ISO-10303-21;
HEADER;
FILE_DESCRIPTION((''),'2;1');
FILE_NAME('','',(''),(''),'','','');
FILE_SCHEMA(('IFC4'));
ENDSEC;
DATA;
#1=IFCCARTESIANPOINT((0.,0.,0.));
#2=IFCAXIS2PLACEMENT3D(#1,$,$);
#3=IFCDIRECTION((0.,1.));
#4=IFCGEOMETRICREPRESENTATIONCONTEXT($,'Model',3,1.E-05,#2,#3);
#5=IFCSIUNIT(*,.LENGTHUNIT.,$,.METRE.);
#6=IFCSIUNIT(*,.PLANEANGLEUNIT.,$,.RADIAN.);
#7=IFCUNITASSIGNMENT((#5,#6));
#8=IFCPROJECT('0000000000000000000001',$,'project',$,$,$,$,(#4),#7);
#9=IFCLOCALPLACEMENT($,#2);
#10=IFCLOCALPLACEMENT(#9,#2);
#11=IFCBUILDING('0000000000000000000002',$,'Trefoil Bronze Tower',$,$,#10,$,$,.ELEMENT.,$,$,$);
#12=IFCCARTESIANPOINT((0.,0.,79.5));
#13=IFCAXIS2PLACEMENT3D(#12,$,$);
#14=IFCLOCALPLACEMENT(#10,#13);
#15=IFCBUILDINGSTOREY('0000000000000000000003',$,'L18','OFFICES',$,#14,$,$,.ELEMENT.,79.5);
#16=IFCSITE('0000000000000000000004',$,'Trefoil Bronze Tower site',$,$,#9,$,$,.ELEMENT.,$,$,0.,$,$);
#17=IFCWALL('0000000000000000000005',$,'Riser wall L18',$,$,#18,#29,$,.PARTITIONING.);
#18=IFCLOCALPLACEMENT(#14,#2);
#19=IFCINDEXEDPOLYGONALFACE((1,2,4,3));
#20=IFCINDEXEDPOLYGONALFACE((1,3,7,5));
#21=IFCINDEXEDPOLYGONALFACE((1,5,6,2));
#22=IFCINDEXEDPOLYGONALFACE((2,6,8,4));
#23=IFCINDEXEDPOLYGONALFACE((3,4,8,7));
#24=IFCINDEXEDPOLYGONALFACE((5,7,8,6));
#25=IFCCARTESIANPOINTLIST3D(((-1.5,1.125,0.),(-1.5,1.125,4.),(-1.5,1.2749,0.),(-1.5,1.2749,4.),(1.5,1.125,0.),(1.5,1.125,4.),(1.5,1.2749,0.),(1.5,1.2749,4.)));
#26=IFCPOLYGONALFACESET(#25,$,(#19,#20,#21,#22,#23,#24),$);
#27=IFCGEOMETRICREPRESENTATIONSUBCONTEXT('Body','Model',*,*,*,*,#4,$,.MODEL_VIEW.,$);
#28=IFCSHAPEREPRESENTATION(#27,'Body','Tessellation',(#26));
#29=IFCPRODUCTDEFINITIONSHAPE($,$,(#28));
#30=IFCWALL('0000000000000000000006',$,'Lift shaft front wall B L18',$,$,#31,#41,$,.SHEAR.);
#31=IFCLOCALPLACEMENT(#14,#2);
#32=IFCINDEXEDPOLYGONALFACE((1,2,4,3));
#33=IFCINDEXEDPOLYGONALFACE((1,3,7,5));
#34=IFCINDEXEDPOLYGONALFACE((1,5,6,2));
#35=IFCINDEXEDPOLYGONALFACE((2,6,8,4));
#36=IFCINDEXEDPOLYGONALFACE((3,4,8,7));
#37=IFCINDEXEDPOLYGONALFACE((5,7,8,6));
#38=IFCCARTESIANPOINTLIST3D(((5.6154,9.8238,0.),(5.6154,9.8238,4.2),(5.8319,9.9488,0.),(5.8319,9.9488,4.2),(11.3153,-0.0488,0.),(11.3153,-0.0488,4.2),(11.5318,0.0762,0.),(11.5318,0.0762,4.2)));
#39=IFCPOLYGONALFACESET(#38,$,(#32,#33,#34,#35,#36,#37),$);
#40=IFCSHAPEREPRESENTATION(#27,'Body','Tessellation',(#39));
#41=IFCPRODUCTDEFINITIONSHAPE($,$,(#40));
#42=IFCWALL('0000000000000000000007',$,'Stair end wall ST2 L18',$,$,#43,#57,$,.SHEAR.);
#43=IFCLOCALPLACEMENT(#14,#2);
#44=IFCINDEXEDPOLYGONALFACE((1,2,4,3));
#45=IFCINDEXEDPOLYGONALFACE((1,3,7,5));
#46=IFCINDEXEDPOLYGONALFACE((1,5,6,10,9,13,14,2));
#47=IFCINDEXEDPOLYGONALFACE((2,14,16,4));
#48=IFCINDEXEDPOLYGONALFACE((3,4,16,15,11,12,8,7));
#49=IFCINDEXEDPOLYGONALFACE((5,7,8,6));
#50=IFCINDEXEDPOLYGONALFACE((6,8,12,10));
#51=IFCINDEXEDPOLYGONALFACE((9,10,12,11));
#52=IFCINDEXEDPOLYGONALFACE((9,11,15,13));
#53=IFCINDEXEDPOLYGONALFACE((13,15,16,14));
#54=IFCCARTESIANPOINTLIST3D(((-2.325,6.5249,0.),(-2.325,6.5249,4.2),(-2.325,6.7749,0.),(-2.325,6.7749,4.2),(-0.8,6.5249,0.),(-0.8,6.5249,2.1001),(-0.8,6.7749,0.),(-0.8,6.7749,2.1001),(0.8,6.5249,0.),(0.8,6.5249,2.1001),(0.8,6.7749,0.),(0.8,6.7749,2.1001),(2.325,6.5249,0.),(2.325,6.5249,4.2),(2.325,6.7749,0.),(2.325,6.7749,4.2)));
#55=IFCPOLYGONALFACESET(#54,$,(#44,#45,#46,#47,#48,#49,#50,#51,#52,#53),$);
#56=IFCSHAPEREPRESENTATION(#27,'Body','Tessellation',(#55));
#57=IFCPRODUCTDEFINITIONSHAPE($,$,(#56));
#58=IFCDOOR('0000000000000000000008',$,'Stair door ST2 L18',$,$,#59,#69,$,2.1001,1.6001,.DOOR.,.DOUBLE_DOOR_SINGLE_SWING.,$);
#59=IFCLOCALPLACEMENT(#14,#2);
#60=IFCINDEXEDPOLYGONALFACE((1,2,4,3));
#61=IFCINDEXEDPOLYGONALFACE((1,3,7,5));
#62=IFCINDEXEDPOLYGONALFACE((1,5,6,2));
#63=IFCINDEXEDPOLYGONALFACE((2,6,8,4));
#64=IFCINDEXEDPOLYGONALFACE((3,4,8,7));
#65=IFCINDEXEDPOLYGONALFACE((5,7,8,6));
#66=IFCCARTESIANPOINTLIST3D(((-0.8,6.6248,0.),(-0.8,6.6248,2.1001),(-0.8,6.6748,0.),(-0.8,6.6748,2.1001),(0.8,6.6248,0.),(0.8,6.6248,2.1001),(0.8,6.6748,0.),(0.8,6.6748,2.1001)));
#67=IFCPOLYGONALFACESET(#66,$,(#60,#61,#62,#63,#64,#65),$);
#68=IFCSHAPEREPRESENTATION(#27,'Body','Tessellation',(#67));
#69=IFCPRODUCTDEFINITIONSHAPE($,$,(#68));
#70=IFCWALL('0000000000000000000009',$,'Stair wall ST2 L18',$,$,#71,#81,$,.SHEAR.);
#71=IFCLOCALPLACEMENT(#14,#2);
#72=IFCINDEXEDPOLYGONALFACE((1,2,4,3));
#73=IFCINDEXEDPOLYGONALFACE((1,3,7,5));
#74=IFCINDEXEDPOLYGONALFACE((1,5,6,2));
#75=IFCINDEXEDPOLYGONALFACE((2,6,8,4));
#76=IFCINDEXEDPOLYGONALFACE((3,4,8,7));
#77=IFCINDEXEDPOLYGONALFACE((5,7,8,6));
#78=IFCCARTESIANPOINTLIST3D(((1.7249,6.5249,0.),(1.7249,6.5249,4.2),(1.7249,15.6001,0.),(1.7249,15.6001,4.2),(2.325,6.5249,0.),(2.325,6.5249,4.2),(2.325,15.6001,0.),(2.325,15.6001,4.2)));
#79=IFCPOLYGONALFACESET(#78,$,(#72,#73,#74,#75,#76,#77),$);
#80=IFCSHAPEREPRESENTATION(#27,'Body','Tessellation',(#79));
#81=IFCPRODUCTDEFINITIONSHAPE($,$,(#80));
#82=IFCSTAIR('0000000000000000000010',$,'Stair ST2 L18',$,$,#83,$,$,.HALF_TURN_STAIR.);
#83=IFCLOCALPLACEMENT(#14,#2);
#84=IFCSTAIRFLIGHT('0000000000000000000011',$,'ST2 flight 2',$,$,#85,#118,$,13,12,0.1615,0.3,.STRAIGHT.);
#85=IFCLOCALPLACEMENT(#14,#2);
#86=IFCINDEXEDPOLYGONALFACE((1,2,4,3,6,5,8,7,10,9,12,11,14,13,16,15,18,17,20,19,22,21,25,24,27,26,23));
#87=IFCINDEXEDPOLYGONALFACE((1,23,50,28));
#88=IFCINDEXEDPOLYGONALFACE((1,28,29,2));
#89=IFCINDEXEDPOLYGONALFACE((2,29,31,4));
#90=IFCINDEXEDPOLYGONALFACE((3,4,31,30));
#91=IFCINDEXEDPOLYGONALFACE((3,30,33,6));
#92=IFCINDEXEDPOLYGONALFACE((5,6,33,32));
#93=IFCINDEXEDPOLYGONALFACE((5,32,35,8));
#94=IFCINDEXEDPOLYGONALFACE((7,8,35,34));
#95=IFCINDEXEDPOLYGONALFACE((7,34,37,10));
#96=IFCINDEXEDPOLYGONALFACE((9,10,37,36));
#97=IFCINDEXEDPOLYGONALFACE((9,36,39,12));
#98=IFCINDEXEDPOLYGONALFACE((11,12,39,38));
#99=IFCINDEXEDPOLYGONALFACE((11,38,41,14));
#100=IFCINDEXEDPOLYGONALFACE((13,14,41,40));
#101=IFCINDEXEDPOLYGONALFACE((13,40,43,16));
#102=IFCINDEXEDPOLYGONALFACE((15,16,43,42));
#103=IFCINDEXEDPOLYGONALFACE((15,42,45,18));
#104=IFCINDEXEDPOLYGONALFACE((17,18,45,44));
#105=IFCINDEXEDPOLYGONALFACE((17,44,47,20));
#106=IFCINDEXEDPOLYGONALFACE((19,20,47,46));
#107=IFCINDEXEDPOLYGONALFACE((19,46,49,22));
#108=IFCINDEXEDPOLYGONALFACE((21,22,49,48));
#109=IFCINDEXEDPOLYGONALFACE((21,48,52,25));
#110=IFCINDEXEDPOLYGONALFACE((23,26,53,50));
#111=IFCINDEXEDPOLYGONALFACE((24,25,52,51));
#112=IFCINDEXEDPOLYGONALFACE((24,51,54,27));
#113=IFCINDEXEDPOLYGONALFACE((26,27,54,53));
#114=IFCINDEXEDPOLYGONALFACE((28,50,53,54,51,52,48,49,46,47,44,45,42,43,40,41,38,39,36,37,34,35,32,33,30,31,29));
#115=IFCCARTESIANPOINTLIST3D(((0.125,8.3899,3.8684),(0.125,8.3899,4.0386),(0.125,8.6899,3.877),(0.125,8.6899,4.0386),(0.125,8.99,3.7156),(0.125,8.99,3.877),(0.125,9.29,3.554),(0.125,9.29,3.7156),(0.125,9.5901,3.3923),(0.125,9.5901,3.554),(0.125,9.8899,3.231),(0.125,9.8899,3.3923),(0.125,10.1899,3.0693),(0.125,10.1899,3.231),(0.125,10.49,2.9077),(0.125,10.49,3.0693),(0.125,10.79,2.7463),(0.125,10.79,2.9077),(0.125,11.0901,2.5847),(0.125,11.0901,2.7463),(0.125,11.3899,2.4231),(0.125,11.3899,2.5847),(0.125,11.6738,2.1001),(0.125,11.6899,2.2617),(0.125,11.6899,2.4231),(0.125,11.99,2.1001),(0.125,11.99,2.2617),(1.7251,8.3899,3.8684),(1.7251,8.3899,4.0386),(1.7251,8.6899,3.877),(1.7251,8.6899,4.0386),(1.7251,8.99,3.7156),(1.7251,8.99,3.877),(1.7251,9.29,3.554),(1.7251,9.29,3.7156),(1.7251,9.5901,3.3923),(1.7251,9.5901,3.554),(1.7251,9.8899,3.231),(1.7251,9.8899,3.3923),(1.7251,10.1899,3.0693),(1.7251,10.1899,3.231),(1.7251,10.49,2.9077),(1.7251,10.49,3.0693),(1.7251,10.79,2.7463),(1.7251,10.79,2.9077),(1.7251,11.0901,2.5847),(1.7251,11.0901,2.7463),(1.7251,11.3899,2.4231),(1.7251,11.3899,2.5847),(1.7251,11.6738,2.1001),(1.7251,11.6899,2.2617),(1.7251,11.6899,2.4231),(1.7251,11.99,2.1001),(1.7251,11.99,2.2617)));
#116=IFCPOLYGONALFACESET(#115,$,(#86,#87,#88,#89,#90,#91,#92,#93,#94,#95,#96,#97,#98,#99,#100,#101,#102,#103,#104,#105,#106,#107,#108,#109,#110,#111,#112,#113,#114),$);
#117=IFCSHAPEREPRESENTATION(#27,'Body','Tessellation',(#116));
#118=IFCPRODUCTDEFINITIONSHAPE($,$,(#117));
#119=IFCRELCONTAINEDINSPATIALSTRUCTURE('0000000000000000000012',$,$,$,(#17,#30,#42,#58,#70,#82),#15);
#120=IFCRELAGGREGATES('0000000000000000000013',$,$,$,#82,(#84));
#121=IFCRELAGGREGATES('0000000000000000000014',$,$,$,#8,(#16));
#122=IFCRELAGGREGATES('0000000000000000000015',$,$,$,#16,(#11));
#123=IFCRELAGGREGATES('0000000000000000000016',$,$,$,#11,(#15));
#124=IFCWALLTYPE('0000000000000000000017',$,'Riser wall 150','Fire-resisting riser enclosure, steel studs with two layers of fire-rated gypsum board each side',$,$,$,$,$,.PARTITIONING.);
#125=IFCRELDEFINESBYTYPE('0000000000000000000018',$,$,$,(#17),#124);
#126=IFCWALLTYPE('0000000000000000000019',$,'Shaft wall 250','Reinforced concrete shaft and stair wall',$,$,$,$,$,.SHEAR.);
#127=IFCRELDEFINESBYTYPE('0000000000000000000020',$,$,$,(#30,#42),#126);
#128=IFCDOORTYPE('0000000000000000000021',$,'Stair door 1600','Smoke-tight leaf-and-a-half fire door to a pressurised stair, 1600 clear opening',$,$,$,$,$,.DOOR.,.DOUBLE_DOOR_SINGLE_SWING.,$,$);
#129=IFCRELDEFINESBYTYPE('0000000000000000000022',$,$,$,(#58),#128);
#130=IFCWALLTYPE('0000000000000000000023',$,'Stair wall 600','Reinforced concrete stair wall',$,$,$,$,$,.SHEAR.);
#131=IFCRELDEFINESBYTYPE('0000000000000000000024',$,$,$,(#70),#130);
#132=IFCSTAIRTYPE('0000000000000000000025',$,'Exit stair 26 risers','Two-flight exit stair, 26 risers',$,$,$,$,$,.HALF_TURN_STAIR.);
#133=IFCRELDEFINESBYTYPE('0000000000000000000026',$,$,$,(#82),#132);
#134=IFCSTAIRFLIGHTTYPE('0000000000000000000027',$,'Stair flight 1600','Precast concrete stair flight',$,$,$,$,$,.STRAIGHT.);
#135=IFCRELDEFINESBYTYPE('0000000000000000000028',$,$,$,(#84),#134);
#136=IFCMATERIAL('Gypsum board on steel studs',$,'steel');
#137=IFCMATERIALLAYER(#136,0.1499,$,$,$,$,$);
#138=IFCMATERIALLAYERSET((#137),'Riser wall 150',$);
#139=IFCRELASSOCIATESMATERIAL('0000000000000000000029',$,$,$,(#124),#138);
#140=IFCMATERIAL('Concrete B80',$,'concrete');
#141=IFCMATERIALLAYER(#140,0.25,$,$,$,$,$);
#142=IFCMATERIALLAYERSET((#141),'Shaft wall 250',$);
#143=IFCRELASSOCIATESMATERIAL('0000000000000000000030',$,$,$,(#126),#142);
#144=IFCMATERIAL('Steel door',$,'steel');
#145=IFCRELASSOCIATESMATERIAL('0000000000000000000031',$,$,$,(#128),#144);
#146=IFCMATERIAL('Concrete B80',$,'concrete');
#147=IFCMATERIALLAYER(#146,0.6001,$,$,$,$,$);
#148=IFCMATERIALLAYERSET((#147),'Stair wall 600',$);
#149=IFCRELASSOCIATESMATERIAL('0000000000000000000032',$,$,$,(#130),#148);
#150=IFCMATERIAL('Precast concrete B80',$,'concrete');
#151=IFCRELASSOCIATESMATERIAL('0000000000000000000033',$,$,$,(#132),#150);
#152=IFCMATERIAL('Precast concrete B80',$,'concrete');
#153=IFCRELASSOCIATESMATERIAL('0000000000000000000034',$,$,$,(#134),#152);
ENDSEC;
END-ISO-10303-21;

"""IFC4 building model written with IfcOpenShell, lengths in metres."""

from ifc_helpers import new_model, si_unit, direction, frame, frame_2d, origin, place, context, subcontext, project, spatial, polyline, rectangle, outline, extrude, material, layer, layer_set, type_object, element, fill, aggregate, save


model = new_model("IFC4")

# Units and contexts
model_context = context("Model", 3, precision=1e-05, world=origin(), true_north=direction((0.0, 1.0)))
body_context = subcontext(model_context, "Body", "Model", "MODEL_VIEW")
ifc_project = project(units=[si_unit("LENGTHUNIT", "METRE"), si_unit("PLANEANGLEUNIT", "RADIAN")], contexts=[model_context])

# Site, building, storey
site_placement = place(None, origin())
site = spatial("IfcSite", under=ifc_project, at=site_placement, Name="Trefoil Bronze Tower site", CompositionType="ELEMENT", RefElevation=0.0)
building_placement = place(site_placement, origin())
building = spatial("IfcBuilding", under=site, at=building_placement, Name="Trefoil Bronze Tower", CompositionType="ELEMENT")
storey_placement = place(building_placement, frame((0.0, 0.0, 79.5)))
storey = spatial("IfcBuildingStorey", under=building, at=storey_placement, Name="L18", Description="OFFICES", CompositionType="ELEMENT", Elevation=79.5)

# Walls
ifc_material_1 = material(Name="Gypsum board on steel studs", Category="steel")
ifc_layer_1 = layer(ifc_material_1, 0.1499)
ifc_layer_set_1 = layer_set([ifc_layer_1], Name="Riser wall 150")
wall_type_1 = type_object("IfcWallType", Name="Riser wall 150", Description="Fire-resisting riser enclosure, steel studs with two layers of fire-rated gypsum board each side", PredefinedType="PARTITIONING", material=ifc_layer_set_1)
wall_1_placement = place(storey_placement, frame((1.5, 1.2, 0.0), z_axis=(0.0, 0.0, 1.0), x_axis=(-1.0, 0.0, 0.0)))
element("IfcWall", 1, at=wall_1_placement, inside=storey, type_object=wall_type_1, Name="Riser wall L18", PredefinedType="PARTITIONING", context=body_context, shape_type="SweptSolid", body=[
    extrude(rectangle(XDim=3.0, YDim=0.1499, at=frame_2d((1.5, 0.0))), origin(), (0.0, 0.0, 1.0), 4.0),
])
ifc_material_2 = material(Name="Concrete B80", Category="concrete")
ifc_layer_2 = layer(ifc_material_2, 0.25)
ifc_layer_set_2 = layer_set([ifc_layer_2], Name="Shaft wall 250")
wall_type_2 = type_object("IfcWallType", Name="Shaft wall 250", Description="Reinforced concrete shaft and stair wall", PredefinedType="SHEAR", material=ifc_layer_set_2)
wall_2_placement = place(storey_placement, frame((11.4236, 0.0137, 0.0), z_axis=(0.0, 0.0, 1.0), x_axis=(-0.500002, 0.866024, 0.0)))
element("IfcWall", 2, at=wall_2_placement, inside=storey, type_object=wall_type_2, Name="Lift shaft front wall B L18", PredefinedType="SHEAR", context=body_context, shape_type="SweptSolid", body=[
    extrude(rectangle(XDim=11.3999, YDim=0.25, at=frame_2d((5.7, 0.0))), origin(), (0.0, 0.0, 1.0), 4.2),
])

# Wall, opening, door
wall_3_placement = place(storey_placement, frame((2.325, 6.6499, 0.0), z_axis=(0.0, 0.0, 1.0), x_axis=(-1.0, 0.0, 0.0)))
wall_3 = element("IfcWall", 3, at=wall_3_placement, inside=storey, type_object=wall_type_2, Name="Stair end wall ST2 L18", PredefinedType="SHEAR", context=body_context, shape_type="SweptSolid", body=[
    extrude(rectangle(XDim=4.6499, YDim=0.25, at=frame_2d((2.325, 0.0))), origin(), (0.0, 0.0, 1.0), 4.2),
])
opening_1_placement = place(wall_3_placement, frame((1.5249, 0.0, 0.0)))
opening_1 = element("IfcOpeningElement", 4, at=opening_1_placement, cuts=wall_3, PredefinedType="OPENING", context=body_context, shape_type="SweptSolid", body=[
    extrude(rectangle(XDim=1.6001, YDim=2.1001, at=frame_2d((0.8, 1.05))), frame((0.0, 0.135, 0.0), z_axis=(0.0, -1.0, 0.0), x_axis=(1.0, 0.0, 0.0)), (0.0, 0.0, 1.0), 0.27),
])
ifc_material_3 = material(Name="Steel door", Category="steel")
door_type_1 = type_object("IfcDoorType", Name="Stair door 1600", Description="Smoke-tight leaf-and-a-half fire door to a pressurised stair, 1600 clear opening", OperationType="DOUBLE_DOOR_SINGLE_SWING", PredefinedType="DOOR", material=ifc_material_3)
door_1_placement = place(opening_1_placement, frame((1.6001, 0.0, 0.0), z_axis=(0.0, 0.0, 1.0), x_axis=(-1.0, 0.0, 0.0)))
door_1 = element("IfcDoor", 5, at=door_1_placement, inside=storey, type_object=door_type_1, Name="Stair door ST2 L18", OperationType="DOUBLE_DOOR_SINGLE_SWING", OverallHeight=2.1001, OverallWidth=1.6001, PredefinedType="DOOR", context=body_context, shape_type="SweptSolid", body=[
    extrude(rectangle(XDim=1.6001, YDim=2.1001, at=frame_2d((0.8, 1.05))), frame((0.0, 0.0249, 0.0), z_axis=(0.0, -1.0, 0.0), x_axis=(1.0, 0.0, 0.0)), (0.0, 0.0, 1.0), 0.05),
])
fill(opening_1, door_1)

# Wall
ifc_material_4 = material(Name="Concrete B80", Category="concrete")
ifc_layer_3 = layer(ifc_material_4, 0.6001)
ifc_layer_set_3 = layer_set([ifc_layer_3], Name="Stair wall 600")
wall_type_3 = type_object("IfcWallType", Name="Stair wall 600", Description="Reinforced concrete stair wall", PredefinedType="SHEAR", material=ifc_layer_set_3)
wall_4_placement = place(storey_placement, frame((2.0249, 6.5249, 0.0), z_axis=(0.0, 0.0, 1.0), x_axis=(0.0, 1.0, 0.0)))
element("IfcWall", 6, at=wall_4_placement, inside=storey, type_object=wall_type_3, Name="Stair wall ST2 L18", PredefinedType="SHEAR", context=body_context, shape_type="SweptSolid", body=[
    extrude(rectangle(XDim=9.0752, YDim=0.6001, at=frame_2d((4.5376, 0.0))), origin(), (0.0, 0.0, 1.0), 4.2),
])

# Stair, stair flight
ifc_material_5 = material(Name="Precast concrete B80", Category="concrete")
stair_type = type_object("IfcStairType", Name="Exit stair 26 risers", Description="Two-flight exit stair, 26 risers", PredefinedType="HALF_TURN_STAIR", material=ifc_material_5)
stair_placement = place(storey_placement, origin())
stair = element("IfcStair", 7, at=stair_placement, inside=storey, type_object=stair_type, Name="Stair ST2 L18", PredefinedType="HALF_TURN_STAIR")
ifc_material_6 = material(Name="Precast concrete B80", Category="concrete")
stair_flight_type = type_object("IfcStairFlightType", Name="Stair flight 1600", Description="Precast concrete stair flight", PredefinedType="STRAIGHT", material=ifc_material_6)
stair_flight_placement = place(storey_placement, frame((0.925, 11.99, 2.1001), z_axis=(0.0, 0.0, 1.0), x_axis=(0.0, -1.0, 0.0)))
stair_flight = element("IfcStairFlight", 8, at=stair_flight_placement, type_object=stair_flight_type, Name="ST2 flight 2", NumberOfRisers=13, NumberOfTreads=12, PredefinedType="STRAIGHT", RiserHeight=0.1615, TreadLength=0.3, context=body_context, shape_type="SweptSolid", body=[
    extrude(outline(polyline([(0.0, 0.0), (0.0, 0.1616), (0.3, 0.1616), (0.3, 0.323), (0.6001, 0.323), (0.6001, 0.4846), (0.8999, 0.4846), (0.8999, 0.6462), (1.2, 0.6462), (1.2, 0.8076), (1.5, 0.8076), (1.5, 0.9692), (1.8, 0.9692), (1.8, 1.1309), (2.1001, 1.1309), (2.1001, 1.2922), (2.3999, 1.2922), (2.3999, 1.4539), (2.7, 1.4539), (2.7, 1.6155), (3.0, 1.6155), (3.0, 1.7769), (3.3, 1.7769), (3.3, 1.9385), (3.6001, 1.9385), (3.6001, 2.1001), (3.6001, 1.7683), (0.3162, 0.0), (0.0, 0.0)])), frame((0.0, 0.8, 0.0), z_axis=(0.0, -1.0, 0.0), x_axis=(1.0, 0.0, 0.0)), (0.0, 0.0, 1.0), 1.6001),
])
aggregate(stair, [stair_flight])

save(model, "model.ifc")
